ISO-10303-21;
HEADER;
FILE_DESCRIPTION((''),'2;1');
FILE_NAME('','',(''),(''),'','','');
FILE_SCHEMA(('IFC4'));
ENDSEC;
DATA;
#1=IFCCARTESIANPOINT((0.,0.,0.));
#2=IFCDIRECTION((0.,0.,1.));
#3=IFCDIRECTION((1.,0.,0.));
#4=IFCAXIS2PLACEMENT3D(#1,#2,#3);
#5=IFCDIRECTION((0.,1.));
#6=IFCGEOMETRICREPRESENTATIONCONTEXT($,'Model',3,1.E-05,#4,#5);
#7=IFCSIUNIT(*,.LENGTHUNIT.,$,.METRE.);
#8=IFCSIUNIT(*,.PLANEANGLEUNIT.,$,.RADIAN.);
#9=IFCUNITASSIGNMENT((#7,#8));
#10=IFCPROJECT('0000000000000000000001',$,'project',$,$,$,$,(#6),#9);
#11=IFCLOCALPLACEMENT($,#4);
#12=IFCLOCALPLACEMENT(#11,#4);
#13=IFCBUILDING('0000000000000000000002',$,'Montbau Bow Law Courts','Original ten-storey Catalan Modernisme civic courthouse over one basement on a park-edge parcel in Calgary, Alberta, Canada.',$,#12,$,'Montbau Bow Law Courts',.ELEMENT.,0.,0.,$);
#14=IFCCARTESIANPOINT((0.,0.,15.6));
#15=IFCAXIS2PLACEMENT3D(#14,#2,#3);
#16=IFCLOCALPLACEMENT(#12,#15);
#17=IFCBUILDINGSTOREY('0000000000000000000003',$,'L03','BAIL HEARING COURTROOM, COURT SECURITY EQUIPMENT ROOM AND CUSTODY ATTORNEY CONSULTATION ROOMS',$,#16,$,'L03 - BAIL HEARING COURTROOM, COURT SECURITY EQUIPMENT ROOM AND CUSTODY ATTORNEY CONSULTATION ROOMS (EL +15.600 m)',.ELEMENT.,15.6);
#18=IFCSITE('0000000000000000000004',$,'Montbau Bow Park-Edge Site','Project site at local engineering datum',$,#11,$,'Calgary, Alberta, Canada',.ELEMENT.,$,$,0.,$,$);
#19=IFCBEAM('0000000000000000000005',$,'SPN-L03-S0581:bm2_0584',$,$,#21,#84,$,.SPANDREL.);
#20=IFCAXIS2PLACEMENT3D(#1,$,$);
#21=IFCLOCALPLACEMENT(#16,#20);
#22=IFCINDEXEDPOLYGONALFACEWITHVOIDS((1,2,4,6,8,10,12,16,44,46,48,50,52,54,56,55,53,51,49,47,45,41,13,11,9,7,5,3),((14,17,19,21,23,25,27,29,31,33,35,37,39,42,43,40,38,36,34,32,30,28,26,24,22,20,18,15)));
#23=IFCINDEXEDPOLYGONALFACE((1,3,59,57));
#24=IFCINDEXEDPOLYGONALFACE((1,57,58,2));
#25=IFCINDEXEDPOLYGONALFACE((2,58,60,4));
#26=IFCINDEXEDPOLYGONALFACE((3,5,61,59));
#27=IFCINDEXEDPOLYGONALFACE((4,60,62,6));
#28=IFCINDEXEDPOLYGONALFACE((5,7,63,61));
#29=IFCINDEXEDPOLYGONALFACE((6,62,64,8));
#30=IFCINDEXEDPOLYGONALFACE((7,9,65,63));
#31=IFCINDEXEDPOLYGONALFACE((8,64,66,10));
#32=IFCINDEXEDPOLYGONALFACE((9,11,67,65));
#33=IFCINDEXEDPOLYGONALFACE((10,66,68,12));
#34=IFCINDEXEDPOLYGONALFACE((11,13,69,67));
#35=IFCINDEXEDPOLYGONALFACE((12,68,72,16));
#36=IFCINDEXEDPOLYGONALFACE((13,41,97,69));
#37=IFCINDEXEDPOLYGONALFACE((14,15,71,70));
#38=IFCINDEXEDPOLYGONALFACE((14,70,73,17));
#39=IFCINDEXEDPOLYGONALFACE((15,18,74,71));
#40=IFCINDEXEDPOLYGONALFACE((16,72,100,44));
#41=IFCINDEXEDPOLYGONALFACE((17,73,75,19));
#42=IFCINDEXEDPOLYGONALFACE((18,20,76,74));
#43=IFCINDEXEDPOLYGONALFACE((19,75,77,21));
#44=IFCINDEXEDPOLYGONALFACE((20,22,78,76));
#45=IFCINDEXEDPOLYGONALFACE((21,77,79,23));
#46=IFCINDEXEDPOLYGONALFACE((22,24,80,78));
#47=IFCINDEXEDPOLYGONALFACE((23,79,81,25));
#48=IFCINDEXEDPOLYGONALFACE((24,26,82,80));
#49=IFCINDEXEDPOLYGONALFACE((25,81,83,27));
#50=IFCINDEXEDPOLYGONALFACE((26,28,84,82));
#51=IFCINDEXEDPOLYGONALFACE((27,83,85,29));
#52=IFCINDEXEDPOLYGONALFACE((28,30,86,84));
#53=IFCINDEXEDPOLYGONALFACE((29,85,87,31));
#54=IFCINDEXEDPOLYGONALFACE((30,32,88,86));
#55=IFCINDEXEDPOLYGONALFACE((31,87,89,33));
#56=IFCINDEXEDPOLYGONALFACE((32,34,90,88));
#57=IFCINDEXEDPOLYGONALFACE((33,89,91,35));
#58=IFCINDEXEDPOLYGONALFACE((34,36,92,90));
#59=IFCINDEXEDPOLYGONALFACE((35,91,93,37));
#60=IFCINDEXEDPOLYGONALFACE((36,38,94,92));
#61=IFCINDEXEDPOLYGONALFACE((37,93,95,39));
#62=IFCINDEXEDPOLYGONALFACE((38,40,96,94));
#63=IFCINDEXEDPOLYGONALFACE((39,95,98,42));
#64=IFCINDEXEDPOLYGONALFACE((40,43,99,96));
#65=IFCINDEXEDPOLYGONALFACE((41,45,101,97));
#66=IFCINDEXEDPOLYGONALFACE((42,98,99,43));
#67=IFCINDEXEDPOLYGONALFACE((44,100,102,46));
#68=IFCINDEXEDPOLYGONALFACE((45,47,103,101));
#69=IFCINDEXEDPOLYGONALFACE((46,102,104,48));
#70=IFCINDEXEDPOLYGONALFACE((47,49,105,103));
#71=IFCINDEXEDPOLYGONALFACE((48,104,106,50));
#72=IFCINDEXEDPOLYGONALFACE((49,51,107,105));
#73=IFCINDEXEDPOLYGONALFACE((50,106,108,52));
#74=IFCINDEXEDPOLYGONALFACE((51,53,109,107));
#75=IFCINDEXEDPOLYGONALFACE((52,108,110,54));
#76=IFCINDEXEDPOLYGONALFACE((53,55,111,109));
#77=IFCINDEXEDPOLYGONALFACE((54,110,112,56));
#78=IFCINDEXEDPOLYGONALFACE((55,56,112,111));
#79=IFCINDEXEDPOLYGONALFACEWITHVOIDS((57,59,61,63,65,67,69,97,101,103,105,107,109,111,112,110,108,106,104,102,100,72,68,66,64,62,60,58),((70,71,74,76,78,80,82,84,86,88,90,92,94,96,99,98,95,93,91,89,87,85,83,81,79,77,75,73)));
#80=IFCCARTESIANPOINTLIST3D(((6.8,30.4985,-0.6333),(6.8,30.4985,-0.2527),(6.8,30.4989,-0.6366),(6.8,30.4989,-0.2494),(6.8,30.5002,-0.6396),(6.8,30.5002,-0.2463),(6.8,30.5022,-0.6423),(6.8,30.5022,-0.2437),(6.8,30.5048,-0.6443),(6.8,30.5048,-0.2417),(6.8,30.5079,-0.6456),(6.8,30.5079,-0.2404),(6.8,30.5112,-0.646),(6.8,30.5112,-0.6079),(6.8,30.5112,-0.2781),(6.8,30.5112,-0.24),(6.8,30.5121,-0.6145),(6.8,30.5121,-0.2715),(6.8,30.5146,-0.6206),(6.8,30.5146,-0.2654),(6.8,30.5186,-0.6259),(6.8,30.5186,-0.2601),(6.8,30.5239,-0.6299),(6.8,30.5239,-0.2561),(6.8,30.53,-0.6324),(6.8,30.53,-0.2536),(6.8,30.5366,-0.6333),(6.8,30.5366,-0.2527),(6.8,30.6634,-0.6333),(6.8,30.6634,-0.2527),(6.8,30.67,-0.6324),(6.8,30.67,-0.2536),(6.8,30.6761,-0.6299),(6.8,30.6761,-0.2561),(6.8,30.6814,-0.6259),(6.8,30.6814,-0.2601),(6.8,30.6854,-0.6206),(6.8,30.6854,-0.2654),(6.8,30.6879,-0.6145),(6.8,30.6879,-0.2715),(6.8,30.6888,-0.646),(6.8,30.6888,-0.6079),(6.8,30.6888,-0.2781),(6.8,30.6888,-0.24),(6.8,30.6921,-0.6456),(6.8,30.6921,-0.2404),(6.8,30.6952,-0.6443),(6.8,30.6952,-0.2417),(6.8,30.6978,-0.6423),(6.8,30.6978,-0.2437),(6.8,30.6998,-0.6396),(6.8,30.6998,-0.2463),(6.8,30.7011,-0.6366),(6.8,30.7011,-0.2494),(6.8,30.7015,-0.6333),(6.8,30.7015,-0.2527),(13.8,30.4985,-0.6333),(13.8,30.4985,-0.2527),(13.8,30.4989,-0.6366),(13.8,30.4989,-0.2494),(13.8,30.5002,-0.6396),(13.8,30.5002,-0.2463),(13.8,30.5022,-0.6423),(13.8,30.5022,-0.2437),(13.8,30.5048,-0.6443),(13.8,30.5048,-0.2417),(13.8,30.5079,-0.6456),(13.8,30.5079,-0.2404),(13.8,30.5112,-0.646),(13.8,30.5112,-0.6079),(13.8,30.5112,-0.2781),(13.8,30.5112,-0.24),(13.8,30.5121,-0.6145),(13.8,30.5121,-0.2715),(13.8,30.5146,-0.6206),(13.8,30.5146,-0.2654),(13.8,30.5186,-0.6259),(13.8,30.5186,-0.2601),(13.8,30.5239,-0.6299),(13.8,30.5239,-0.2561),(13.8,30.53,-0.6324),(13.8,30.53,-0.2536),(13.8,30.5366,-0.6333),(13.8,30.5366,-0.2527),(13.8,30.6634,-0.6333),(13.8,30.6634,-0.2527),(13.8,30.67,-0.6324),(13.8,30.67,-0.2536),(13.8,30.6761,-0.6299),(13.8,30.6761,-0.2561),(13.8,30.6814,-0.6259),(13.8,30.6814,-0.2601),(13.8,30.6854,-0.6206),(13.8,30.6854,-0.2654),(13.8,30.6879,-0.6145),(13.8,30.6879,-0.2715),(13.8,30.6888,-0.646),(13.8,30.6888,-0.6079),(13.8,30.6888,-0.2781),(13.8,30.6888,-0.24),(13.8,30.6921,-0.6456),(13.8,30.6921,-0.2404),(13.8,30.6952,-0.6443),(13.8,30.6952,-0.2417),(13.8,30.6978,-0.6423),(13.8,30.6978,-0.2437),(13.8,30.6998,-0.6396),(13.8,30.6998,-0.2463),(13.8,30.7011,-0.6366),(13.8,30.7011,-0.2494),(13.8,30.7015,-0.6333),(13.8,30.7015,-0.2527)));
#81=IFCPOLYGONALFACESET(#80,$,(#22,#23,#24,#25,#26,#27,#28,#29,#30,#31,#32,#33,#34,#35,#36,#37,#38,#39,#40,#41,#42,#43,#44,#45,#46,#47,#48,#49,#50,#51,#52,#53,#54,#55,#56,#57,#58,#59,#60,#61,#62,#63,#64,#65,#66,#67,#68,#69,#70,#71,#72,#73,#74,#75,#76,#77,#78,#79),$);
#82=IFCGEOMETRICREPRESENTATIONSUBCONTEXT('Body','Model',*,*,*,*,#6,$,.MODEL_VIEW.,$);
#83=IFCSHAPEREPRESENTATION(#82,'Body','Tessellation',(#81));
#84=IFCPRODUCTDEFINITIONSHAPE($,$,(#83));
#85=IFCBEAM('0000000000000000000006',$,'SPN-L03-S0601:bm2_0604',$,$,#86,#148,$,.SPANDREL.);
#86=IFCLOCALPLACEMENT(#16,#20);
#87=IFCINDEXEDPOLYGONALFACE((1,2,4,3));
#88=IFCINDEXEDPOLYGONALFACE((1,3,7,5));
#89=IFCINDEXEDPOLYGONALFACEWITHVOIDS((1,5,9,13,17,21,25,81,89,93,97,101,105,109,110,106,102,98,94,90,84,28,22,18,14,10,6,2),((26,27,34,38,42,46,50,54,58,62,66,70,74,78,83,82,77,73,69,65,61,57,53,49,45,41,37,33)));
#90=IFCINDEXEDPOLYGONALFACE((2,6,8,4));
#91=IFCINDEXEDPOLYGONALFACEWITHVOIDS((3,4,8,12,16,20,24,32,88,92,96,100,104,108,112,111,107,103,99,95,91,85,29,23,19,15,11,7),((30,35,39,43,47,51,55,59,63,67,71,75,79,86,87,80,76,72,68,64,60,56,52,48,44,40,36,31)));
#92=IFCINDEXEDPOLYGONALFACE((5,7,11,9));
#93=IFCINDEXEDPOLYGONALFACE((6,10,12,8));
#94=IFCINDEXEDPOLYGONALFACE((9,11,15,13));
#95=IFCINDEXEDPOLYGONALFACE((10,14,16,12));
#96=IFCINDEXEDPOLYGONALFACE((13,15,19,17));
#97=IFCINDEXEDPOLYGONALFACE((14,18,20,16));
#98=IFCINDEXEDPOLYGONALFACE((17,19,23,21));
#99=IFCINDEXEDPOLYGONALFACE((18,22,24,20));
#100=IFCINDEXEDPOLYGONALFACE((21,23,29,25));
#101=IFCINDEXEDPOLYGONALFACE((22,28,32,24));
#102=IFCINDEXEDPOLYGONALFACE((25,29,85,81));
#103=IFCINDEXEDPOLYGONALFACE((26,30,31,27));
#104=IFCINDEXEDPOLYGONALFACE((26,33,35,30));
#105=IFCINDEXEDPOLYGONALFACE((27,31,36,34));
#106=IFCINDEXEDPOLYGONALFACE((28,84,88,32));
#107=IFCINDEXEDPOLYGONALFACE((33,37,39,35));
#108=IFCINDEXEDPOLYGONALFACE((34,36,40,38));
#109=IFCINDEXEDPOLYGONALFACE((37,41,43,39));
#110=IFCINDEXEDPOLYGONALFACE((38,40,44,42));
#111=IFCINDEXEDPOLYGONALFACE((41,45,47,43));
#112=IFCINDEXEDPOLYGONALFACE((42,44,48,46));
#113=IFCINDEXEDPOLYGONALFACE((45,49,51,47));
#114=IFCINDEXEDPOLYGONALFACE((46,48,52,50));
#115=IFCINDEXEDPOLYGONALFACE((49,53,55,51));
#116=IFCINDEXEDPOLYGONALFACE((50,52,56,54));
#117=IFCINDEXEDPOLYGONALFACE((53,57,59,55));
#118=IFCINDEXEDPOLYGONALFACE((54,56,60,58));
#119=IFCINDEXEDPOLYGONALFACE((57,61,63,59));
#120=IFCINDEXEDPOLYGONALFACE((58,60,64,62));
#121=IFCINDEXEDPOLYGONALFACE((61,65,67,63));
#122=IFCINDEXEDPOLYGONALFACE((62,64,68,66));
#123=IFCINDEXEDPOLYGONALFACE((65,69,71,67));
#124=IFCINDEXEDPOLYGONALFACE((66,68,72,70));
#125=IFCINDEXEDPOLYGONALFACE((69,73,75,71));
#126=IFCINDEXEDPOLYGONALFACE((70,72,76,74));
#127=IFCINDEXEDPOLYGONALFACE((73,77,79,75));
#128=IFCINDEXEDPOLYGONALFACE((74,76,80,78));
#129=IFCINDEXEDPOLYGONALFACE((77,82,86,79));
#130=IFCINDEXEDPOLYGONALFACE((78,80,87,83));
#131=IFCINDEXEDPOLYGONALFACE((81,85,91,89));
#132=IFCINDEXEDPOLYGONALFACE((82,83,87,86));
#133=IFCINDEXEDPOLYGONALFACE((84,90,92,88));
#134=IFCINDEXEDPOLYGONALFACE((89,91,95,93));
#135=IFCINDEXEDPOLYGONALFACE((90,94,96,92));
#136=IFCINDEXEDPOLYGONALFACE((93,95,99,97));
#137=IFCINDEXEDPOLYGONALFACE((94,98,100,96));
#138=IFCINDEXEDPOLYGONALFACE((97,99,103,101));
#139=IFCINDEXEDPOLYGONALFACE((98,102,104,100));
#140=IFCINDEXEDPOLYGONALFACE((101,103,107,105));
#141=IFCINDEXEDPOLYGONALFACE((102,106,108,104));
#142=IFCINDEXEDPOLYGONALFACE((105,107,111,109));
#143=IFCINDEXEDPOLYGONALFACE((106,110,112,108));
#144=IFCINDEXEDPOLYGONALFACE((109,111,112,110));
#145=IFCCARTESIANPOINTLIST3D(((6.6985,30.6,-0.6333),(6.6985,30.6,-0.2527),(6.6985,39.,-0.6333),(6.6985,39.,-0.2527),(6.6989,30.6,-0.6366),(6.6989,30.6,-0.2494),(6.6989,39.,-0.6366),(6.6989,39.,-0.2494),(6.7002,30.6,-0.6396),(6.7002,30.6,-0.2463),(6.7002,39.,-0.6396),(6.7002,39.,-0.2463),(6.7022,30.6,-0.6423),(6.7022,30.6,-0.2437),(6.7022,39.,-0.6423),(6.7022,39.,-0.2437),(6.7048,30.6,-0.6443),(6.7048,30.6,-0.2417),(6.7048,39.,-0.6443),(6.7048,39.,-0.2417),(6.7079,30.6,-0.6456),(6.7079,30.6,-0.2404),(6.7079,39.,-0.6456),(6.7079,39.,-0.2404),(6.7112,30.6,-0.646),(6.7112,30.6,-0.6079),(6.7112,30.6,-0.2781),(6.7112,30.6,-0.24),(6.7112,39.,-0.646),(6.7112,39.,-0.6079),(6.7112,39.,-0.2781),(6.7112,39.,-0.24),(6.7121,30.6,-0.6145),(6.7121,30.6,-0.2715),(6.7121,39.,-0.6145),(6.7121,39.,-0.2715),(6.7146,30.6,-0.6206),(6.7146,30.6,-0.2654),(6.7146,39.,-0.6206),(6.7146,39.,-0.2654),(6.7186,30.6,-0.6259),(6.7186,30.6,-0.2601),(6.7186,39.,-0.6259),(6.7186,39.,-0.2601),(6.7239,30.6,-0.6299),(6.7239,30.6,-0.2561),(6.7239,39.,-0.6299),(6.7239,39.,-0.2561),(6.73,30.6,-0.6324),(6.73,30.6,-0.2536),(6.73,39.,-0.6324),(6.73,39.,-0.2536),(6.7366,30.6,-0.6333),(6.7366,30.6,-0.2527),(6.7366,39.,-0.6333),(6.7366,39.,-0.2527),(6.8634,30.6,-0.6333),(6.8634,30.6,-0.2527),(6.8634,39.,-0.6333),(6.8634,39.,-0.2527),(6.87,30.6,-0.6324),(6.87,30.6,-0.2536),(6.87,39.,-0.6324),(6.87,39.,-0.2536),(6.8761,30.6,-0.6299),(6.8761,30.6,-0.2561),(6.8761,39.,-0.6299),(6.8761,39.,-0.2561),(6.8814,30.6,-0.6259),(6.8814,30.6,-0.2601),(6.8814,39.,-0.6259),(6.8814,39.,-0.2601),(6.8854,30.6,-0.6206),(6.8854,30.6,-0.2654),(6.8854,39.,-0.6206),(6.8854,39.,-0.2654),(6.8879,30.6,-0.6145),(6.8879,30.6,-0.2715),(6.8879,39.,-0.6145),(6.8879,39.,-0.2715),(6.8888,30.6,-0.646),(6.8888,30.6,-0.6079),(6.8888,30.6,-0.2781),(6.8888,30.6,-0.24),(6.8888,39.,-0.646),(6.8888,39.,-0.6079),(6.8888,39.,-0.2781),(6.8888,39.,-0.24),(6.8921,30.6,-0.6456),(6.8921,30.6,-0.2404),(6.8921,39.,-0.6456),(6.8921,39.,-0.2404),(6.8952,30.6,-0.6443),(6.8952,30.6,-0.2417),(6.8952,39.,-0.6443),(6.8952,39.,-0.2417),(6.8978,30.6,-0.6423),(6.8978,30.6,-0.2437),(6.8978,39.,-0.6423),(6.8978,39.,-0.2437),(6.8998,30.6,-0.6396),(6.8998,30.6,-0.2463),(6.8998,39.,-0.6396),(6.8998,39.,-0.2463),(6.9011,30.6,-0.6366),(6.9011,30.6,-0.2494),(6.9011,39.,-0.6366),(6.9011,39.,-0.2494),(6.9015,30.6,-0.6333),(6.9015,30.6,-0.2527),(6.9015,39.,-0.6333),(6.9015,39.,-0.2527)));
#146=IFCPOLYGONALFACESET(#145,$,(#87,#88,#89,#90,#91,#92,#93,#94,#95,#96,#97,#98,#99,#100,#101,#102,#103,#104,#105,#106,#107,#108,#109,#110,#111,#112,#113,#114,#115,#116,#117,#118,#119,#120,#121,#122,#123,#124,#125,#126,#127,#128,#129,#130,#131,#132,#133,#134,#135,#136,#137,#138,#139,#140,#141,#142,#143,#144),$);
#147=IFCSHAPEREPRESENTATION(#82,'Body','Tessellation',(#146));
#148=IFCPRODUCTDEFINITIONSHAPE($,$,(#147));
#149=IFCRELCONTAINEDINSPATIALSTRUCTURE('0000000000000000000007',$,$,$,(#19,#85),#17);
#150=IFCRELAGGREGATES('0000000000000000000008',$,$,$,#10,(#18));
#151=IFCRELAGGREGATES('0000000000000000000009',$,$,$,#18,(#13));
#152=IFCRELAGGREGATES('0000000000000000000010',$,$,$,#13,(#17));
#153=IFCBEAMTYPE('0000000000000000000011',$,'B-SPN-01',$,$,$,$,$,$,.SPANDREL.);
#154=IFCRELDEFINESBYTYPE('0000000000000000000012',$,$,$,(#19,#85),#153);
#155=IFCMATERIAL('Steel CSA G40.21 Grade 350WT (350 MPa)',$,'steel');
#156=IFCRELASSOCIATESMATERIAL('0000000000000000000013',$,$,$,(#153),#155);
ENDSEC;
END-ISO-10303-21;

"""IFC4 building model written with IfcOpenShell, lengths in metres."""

from ifc_helpers import new_model, si_unit, direction, frame, origin_with_axes, origin_2d_with_axis, place, context, subcontext, project, spatial, hollow_rectangle, extrude, material, material_profile, profile_set, type_object, element, save


model = new_model("IFC4")

# Units and contexts
model_context = context("Model", 3, precision=1e-05, world=origin_with_axes(), true_north=direction((0.0, 1.0)))
body_context = subcontext(model_context, "Body", "Model", "MODEL_VIEW")
ifc_project = project(units=[si_unit("LENGTHUNIT", "METRE"), si_unit("PLANEANGLEUNIT", "RADIAN")], contexts=[model_context])

# Site, building, storey
site_placement = place(None, origin_with_axes())
site = spatial("IfcSite", under=ifc_project, at=site_placement, Name="Montbau Bow Park-Edge Site", Description="Project site at local engineering datum", LongName="Calgary, Alberta, Canada", CompositionType="ELEMENT", RefElevation=0.0)
building_placement = place(site_placement, origin_with_axes())
building = spatial("IfcBuilding", under=site, at=building_placement, Name="Montbau Bow Law Courts", Description="Original ten-storey Catalan Modernisme civic courthouse over one basement on a park-edge parcel in Calgary, Alberta, Canada.", LongName="Montbau Bow Law Courts", CompositionType="ELEMENT", ElevationOfRefHeight=0.0, ElevationOfTerrain=0.0)
storey_placement = place(building_placement, frame((0.0, 0.0, 15.6), z_axis=(0.0, 0.0, 1.0), x_axis=(1.0, 0.0, 0.0)))
storey = spatial("IfcBuildingStorey", under=building, at=storey_placement, Name="L03", Description="BAIL HEARING COURTROOM, COURT SECURITY EQUIPMENT ROOM AND CUSTODY ATTORNEY CONSULTATION ROOMS", LongName="L03 - BAIL HEARING COURTROOM, COURT SECURITY EQUIPMENT ROOM AND CUSTODY ATTORNEY CONSULTATION ROOMS (EL +15.600 m)", CompositionType="ELEMENT", Elevation=15.6)

# Beams
ifc_material_1 = material(Name="Steel CSA G40.21 Grade 350WT (350 MPa)", Category="steel")
ifc_material_profile_1 = material_profile(ifc_material_1, hollow_rectangle(XDim=0.203, YDim=0.406, WallThickness=0.0127, InnerFilletRadius=0.0254, OuterFilletRadius=0.0127, at=origin_2d_with_axis()), Name="HSS406X203X13", Category="Main", Priority=0)
ifc_profile_set_1 = profile_set([ifc_material_profile_1], Name="Steel CSA G40.21 Grade 350WT (350 MPa)")
beam_type_1 = type_object("IfcBeamType", Name="B-SPN-01", PredefinedType="SPANDREL", material=ifc_profile_set_1)
beam_1_placement = place(None, frame((6.8, 30.6, 15.157), z_axis=(1.0, 0.0, 0.0), x_axis=(0.0, 1.0, 0.0)))
element("IfcBeam", 1, at=beam_1_placement, inside=storey, type_object=beam_type_1, Name="SPN-L03-S0581:bm2_0584", PredefinedType="SPANDREL", context=body_context, shape_type="SweptSolid", body=[
    extrude(hollow_rectangle(XDim=0.203, YDim=0.406, WallThickness=0.0127, InnerFilletRadius=0.0254, OuterFilletRadius=0.0127, at=origin_2d_with_axis()), origin_with_axes(), (0.0, 0.0, 1.0), 7.0),
])
beam_2_placement = place(None, frame((6.8, 30.6, 15.157), z_axis=(0.0, 1.0, 0.0), x_axis=(-1.0, 0.0, 0.0)))
element("IfcBeam", 2, at=beam_2_placement, inside=storey, type_object=beam_type_1, Name="SPN-L03-S0601:bm2_0604", PredefinedType="SPANDREL", context=body_context, shape_type="SweptSolid", body=[
    extrude(hollow_rectangle(XDim=0.203, YDim=0.406, WallThickness=0.0127, InnerFilletRadius=0.0254, OuterFilletRadius=0.0127, at=origin_2d_with_axis()), origin_with_axes(), (0.0, 0.0, 1.0), 8.4),
])

save(model, "model.ifc")
